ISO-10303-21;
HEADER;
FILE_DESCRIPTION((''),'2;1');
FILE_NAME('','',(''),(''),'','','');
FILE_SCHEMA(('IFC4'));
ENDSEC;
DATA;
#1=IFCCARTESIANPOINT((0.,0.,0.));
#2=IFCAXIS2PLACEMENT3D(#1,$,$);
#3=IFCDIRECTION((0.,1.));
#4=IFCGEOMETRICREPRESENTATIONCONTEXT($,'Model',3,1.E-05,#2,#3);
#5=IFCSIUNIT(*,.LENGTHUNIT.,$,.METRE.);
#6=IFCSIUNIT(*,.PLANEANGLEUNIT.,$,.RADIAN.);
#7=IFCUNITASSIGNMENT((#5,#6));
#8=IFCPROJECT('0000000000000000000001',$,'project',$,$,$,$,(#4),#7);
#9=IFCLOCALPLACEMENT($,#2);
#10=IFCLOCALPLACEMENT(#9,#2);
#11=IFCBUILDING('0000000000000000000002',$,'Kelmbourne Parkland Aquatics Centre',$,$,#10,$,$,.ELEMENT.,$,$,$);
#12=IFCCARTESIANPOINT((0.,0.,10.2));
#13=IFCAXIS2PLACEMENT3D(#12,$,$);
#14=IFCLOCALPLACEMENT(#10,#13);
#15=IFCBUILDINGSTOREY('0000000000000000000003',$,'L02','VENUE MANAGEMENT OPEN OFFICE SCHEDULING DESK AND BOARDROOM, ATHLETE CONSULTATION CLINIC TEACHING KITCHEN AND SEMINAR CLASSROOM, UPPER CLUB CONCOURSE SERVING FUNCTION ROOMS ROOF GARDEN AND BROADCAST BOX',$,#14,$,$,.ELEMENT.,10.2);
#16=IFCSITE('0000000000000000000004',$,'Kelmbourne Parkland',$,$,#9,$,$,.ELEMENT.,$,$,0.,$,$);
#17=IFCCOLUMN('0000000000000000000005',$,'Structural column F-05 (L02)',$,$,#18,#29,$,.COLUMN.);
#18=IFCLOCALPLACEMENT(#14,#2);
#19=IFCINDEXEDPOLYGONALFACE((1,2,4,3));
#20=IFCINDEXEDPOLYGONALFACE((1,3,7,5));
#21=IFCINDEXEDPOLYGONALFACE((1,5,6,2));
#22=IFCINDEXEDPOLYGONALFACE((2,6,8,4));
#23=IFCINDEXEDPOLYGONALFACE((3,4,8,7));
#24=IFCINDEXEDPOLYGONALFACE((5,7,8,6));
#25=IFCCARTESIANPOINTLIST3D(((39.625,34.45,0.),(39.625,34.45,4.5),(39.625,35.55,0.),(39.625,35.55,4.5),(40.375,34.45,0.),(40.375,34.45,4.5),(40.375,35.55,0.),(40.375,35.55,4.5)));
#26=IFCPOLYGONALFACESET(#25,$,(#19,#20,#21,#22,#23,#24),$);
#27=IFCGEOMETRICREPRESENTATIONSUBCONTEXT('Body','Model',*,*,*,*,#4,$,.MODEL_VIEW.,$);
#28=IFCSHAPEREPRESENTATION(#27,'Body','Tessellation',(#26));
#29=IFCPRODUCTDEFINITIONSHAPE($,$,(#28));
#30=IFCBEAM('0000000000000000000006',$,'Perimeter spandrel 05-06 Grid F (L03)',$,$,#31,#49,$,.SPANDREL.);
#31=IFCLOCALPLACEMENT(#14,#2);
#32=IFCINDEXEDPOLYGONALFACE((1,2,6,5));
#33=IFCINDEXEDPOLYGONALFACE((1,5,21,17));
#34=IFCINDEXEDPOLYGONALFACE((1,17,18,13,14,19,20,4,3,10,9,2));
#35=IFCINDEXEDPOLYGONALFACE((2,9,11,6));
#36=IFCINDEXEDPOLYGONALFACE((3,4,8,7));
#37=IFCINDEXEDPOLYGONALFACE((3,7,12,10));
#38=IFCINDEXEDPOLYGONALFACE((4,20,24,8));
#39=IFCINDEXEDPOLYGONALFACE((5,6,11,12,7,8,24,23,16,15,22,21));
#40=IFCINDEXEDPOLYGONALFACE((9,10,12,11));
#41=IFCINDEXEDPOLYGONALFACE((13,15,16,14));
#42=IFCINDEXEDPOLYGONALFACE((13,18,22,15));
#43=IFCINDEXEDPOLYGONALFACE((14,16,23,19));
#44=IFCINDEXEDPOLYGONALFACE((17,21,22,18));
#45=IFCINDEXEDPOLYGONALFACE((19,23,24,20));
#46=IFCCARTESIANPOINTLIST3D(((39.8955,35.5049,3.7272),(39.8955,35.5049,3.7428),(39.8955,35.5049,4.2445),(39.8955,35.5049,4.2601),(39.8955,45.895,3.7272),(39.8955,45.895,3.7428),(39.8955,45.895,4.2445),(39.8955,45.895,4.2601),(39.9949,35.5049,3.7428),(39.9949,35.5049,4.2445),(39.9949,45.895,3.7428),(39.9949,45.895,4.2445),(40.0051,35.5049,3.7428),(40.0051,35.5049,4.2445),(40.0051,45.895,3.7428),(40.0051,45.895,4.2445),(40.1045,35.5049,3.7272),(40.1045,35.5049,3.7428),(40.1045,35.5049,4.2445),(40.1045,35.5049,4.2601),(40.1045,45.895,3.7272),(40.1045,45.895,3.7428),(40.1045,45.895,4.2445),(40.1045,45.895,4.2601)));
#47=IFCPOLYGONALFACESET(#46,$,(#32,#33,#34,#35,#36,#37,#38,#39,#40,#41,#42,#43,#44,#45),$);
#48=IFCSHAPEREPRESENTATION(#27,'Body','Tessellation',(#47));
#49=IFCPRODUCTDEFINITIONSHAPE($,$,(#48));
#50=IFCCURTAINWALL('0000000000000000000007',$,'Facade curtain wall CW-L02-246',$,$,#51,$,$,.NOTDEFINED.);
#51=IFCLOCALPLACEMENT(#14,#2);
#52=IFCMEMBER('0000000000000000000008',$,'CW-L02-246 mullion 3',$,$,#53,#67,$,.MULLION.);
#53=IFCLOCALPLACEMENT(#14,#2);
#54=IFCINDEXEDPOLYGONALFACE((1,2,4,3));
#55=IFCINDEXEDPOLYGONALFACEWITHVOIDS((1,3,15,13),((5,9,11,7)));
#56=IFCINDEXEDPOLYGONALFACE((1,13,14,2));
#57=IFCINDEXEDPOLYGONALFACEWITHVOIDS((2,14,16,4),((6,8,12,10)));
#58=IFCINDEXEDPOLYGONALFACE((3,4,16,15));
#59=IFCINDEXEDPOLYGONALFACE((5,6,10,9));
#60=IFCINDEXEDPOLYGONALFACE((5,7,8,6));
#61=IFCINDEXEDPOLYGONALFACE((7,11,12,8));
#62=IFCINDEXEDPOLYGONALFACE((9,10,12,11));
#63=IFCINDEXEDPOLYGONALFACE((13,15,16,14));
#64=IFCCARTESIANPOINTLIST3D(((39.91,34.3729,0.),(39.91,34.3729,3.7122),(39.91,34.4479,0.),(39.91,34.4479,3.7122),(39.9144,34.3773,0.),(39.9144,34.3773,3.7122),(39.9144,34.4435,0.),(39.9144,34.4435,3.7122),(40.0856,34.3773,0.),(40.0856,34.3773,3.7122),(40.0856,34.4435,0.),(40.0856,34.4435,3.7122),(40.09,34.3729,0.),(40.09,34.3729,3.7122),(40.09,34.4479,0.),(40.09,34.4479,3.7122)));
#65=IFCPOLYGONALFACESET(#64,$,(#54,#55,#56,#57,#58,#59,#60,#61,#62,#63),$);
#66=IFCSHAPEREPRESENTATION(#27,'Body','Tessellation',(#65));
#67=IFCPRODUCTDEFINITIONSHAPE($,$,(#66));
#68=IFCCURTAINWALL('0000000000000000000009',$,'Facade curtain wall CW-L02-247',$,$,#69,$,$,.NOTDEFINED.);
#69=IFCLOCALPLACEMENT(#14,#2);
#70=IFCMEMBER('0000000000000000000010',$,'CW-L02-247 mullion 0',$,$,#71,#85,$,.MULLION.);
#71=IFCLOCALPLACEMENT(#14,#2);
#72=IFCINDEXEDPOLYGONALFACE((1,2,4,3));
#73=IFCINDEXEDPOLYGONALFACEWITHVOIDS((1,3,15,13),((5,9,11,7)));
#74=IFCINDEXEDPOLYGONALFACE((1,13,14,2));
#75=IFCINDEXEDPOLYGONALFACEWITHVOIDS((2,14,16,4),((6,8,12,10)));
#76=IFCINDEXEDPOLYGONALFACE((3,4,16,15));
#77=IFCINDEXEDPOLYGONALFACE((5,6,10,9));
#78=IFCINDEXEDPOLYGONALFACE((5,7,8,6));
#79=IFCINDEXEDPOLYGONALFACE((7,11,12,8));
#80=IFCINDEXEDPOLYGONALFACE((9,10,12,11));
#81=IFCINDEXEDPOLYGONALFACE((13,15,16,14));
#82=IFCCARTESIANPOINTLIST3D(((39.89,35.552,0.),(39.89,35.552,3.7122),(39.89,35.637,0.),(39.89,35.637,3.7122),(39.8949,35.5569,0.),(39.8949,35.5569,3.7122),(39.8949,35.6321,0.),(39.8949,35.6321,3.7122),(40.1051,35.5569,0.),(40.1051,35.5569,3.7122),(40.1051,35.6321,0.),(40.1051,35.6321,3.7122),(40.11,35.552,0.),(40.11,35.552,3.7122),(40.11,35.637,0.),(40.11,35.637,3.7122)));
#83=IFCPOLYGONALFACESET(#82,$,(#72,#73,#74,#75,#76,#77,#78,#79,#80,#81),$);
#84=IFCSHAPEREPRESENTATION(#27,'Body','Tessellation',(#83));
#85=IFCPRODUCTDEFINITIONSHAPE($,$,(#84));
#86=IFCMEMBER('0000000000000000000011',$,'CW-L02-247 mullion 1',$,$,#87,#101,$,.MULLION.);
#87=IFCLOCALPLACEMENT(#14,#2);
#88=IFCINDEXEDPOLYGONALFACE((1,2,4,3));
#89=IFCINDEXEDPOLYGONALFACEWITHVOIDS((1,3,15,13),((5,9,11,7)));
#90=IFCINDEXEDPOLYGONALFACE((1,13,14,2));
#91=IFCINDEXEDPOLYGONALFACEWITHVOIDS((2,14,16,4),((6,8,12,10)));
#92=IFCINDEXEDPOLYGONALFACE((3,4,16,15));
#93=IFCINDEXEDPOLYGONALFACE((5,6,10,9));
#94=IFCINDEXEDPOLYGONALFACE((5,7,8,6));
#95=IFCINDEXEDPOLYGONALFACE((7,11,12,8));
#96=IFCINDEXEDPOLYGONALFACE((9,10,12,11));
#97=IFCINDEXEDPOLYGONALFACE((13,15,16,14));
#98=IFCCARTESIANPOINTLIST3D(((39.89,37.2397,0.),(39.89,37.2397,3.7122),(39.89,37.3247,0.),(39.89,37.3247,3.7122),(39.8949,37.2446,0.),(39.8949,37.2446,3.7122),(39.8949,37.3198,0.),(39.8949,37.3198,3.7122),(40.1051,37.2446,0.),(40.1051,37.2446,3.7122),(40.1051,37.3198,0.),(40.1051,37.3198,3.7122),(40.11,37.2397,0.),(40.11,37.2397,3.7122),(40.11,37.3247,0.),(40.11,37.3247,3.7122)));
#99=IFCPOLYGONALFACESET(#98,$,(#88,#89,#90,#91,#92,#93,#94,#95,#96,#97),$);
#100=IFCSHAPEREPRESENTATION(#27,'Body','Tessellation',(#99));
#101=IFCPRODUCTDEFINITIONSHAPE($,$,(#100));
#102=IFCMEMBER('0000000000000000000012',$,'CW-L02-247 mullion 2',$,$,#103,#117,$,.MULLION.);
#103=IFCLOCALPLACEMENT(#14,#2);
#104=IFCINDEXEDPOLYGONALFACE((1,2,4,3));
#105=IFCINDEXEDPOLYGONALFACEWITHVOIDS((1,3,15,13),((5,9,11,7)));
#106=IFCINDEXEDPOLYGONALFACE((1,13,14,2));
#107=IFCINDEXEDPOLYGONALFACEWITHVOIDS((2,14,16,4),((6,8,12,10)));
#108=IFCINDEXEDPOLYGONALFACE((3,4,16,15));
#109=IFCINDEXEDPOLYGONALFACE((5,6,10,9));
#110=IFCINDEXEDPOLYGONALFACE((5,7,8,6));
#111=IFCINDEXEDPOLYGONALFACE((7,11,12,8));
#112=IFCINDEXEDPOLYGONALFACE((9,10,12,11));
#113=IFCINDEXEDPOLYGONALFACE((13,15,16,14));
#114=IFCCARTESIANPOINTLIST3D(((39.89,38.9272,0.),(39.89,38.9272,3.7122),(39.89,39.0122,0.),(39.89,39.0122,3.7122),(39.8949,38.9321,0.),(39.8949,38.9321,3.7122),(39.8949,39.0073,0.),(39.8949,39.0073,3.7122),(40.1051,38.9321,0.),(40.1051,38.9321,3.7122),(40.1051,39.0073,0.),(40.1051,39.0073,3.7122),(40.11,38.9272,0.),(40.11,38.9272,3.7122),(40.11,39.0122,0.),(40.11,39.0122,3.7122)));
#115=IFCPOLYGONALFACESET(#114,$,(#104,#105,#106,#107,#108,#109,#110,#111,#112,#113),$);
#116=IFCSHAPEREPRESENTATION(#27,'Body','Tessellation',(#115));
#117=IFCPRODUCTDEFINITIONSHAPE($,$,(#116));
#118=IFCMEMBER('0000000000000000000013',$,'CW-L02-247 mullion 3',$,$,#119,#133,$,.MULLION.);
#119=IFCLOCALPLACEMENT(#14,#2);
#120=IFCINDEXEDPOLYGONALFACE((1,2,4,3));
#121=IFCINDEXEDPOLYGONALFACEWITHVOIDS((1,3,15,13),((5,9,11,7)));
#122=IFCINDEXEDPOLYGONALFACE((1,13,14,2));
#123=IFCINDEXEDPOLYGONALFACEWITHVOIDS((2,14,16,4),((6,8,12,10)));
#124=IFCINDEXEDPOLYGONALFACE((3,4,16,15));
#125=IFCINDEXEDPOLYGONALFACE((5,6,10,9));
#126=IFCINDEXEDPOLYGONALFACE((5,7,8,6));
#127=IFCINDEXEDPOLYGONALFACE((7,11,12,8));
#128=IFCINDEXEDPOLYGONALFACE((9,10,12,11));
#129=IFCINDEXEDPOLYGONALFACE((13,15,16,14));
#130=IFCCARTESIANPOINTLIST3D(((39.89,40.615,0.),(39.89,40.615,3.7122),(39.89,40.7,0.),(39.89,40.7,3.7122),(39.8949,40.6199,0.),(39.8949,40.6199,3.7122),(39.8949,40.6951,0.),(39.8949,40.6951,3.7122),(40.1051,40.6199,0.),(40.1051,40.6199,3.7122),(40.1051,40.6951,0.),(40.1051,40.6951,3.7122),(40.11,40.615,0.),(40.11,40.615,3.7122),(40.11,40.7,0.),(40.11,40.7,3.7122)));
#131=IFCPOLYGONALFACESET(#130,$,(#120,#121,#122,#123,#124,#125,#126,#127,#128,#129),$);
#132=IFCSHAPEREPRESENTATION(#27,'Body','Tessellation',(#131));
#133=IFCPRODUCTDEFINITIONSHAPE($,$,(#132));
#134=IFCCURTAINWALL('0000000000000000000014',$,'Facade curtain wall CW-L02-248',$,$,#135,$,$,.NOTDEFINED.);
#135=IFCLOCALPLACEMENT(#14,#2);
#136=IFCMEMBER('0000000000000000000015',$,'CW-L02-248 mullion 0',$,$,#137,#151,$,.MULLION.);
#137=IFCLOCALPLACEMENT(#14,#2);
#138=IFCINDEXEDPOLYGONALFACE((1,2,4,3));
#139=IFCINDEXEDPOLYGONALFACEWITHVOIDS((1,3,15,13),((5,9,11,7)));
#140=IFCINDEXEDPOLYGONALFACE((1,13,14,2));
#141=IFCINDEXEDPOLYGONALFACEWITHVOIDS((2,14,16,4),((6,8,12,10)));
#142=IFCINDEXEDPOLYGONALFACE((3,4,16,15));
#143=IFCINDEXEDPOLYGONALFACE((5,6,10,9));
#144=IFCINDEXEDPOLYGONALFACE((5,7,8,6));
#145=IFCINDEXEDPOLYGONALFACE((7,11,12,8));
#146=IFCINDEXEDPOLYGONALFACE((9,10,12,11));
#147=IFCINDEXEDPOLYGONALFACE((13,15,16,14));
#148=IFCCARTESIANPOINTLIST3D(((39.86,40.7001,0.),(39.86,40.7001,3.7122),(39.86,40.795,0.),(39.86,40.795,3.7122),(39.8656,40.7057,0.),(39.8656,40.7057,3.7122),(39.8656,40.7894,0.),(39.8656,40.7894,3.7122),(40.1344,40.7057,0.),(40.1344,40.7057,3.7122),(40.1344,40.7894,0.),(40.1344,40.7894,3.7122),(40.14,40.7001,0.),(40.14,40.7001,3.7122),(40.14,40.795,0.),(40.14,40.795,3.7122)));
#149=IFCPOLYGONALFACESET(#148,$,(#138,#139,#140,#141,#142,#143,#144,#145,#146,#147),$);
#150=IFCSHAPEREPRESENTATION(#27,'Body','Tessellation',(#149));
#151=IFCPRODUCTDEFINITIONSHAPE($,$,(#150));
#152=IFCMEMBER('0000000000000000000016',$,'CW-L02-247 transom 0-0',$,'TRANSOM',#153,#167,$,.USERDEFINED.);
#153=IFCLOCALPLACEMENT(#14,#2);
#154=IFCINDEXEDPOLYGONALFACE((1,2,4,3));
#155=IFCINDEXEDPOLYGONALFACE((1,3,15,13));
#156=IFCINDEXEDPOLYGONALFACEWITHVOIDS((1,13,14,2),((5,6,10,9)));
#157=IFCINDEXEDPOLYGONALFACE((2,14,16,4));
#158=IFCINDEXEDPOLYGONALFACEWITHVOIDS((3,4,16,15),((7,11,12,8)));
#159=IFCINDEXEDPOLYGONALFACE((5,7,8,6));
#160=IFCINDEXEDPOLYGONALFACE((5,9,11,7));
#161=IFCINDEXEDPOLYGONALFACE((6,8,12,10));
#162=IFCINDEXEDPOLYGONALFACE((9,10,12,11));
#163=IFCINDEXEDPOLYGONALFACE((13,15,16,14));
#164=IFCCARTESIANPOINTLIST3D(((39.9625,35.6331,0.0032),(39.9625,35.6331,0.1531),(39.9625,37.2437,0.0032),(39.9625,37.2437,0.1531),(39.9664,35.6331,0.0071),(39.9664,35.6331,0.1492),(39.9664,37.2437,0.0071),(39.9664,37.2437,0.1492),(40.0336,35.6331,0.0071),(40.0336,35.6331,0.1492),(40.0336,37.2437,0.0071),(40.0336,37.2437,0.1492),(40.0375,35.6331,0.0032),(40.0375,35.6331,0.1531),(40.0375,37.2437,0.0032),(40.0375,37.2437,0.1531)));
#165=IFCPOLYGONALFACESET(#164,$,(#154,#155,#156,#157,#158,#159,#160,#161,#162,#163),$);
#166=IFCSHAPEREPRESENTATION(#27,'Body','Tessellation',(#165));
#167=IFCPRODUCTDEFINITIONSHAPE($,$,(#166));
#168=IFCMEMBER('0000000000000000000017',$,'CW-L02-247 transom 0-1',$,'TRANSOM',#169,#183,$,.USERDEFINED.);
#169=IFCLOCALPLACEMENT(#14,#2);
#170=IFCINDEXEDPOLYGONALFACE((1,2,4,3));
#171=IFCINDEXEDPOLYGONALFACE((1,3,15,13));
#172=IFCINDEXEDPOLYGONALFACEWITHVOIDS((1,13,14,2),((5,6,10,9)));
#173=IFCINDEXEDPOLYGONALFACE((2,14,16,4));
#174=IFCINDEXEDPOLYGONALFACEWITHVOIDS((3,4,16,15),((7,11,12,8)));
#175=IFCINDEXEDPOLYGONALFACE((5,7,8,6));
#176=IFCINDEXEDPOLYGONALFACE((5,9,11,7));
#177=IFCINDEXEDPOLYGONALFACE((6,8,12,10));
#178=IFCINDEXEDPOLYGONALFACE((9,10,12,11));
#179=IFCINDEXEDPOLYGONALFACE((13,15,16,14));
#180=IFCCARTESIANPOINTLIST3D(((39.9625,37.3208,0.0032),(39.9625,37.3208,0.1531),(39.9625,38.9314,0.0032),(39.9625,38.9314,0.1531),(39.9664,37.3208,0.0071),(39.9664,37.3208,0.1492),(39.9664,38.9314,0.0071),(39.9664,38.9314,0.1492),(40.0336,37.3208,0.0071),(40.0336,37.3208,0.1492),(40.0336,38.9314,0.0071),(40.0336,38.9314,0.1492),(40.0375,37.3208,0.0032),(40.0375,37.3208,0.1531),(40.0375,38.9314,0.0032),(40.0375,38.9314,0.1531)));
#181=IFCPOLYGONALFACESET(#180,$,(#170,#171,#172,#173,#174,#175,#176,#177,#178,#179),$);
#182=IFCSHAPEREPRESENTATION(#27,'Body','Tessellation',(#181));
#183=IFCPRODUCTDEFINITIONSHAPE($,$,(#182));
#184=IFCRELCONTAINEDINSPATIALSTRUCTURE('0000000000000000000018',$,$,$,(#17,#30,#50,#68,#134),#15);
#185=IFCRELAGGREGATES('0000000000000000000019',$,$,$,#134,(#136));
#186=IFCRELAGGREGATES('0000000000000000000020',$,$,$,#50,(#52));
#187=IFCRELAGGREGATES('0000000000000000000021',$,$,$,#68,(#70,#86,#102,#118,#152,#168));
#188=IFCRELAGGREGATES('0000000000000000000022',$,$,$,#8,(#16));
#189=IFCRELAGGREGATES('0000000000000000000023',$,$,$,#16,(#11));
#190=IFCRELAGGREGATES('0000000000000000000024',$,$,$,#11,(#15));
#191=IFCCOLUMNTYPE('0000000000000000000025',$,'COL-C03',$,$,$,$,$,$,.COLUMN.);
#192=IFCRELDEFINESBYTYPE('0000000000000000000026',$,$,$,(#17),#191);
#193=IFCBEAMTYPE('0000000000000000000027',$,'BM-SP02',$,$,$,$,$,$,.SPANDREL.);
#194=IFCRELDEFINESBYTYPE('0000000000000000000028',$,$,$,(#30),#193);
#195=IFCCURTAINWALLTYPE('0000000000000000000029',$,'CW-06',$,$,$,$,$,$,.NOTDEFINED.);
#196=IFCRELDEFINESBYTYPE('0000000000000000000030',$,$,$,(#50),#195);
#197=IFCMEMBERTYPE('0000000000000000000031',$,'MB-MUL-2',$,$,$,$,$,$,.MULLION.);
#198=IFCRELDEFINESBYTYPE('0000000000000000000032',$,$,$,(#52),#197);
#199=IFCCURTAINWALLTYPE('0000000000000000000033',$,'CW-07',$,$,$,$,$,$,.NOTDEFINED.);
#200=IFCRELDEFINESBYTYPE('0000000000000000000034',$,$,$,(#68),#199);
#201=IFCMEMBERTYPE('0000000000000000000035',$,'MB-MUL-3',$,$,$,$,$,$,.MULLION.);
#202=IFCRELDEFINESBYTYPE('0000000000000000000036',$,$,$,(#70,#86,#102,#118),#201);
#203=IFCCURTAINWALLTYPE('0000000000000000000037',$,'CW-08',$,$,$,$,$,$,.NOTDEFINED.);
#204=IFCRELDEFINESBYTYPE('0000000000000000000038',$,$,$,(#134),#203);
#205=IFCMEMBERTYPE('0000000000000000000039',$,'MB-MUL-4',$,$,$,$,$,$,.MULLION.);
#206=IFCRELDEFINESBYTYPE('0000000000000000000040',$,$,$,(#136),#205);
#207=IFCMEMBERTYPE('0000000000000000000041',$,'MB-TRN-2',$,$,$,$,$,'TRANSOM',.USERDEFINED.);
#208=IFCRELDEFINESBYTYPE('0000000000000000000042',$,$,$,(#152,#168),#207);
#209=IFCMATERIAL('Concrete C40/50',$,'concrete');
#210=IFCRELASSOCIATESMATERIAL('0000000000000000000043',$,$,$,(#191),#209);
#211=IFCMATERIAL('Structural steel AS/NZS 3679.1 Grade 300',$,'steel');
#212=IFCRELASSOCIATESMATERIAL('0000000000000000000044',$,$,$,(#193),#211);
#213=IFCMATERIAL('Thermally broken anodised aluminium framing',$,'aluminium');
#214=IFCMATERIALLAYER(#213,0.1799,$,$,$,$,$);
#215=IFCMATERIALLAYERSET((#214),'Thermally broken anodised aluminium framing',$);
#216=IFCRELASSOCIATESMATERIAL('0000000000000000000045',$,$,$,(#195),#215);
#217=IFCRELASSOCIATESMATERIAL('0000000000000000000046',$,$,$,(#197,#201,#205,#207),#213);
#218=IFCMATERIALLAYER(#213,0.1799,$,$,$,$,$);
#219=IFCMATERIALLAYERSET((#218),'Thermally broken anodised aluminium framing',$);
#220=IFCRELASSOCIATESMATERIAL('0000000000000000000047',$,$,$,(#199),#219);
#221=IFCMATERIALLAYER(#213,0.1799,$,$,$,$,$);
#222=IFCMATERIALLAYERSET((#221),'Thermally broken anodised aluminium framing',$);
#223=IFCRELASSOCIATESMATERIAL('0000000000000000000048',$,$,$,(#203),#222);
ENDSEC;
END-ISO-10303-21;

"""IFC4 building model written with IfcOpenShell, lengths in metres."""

from ifc_helpers import new_model, si_unit, direction, frame, origin, origin_2d, place, context, subcontext, project, spatial, rectangle, hollow_rectangle, i_section, extrude, material, layer, layer_set, material_profile, profile_set, type_object, element, aggregate, save


model = new_model("IFC4")

# Units and contexts
model_context = context("Model", 3, precision=1e-05, world=origin(), true_north=direction((0.0, 1.0)))
body_context = subcontext(model_context, "Body", "Model", "MODEL_VIEW")
ifc_project = project(units=[si_unit("LENGTHUNIT", "METRE"), si_unit("PLANEANGLEUNIT", "RADIAN")], contexts=[model_context])

# Site, building, storey
site_placement = place(None, origin())
site = spatial("IfcSite", under=ifc_project, at=site_placement, Name="Kelmbourne Parkland", CompositionType="ELEMENT", RefElevation=0.0)
building_placement = place(site_placement, origin())
building = spatial("IfcBuilding", under=site, at=building_placement, Name="Kelmbourne Parkland Aquatics Centre", CompositionType="ELEMENT")
storey_placement = place(building_placement, frame((0.0, 0.0, 10.2)))
storey = spatial("IfcBuildingStorey", under=building, at=storey_placement, Name="L02", Description="VENUE MANAGEMENT OPEN OFFICE SCHEDULING DESK AND BOARDROOM, ATHLETE CONSULTATION CLINIC TEACHING KITCHEN AND SEMINAR CLASSROOM, UPPER CLUB CONCOURSE SERVING FUNCTION ROOMS ROOF GARDEN AND BROADCAST BOX", CompositionType="ELEMENT", Elevation=10.2)

# Column
ifc_material_1 = material(Name="Concrete C40/50", Category="concrete")
ifc_material_profile_1 = material_profile(ifc_material_1, rectangle(XDim=0.75, YDim=1.1001, at=origin_2d()), Name="RC 750x1100")
ifc_profile_set_1 = profile_set([ifc_material_profile_1], Name="Concrete C40/50")
column_type = type_object("IfcColumnType", Name="COL-C03", PredefinedType="COLUMN", material=ifc_profile_set_1)
column_placement = place(storey_placement, frame((40.0, 35.0, 0.0), z_axis=(0.0, 0.0, 1.0), x_axis=(1.0, 0.0, 0.0)))
element("IfcColumn", 1, at=column_placement, inside=storey, type_object=column_type, Name="Structural column F-05 (L02)", PredefinedType="COLUMN", context=body_context, shape_type="SweptSolid", body=[
    extrude(rectangle(XDim=0.75, YDim=1.1001, at=origin_2d()), origin(), (0.0, 0.0, 1.0), 4.5),
])

# Beam
ifc_material_2 = material(Name="Structural steel AS/NZS 3679.1 Grade 300", Category="steel")
ifc_material_profile_2 = material_profile(ifc_material_2, i_section(OverallWidth=0.209, OverallDepth=0.533, WebThickness=0.0103, FlangeThickness=0.0156, at=origin_2d()), Name="530UB92.4")
ifc_profile_set_2 = profile_set([ifc_material_profile_2], Name="Structural steel AS/NZS 3679.1 Grade 300")
beam_type = type_object("IfcBeamType", Name="BM-SP02", PredefinedType="SPANDREL", material=ifc_profile_set_2)
beam_placement = place(storey_placement, frame((40.0, 35.5049, 3.9937), z_axis=(0.0, 1.0, 0.0), x_axis=(-1.0, 0.0, 0.0)))
element("IfcBeam", 2, at=beam_placement, inside=storey, type_object=beam_type, Name="Perimeter spandrel 05-06 Grid F (L03)", PredefinedType="SPANDREL", context=body_context, shape_type="SweptSolid", body=[
    extrude(i_section(OverallWidth=0.209, OverallDepth=0.533, WebThickness=0.0103, FlangeThickness=0.0156, at=origin_2d()), origin(), (0.0, 0.0, 1.0), 10.3901),
])

# Curtain wall, member
ifc_material_3 = material(Name="Thermally broken anodised aluminium framing", Category="aluminium")
ifc_layer_1 = layer(ifc_material_3, 0.1799)
ifc_layer_set_1 = layer_set([ifc_layer_1], Name="Thermally broken anodised aluminium framing")
curtain_wall_type_1 = type_object("IfcCurtainWallType", Name="CW-06", PredefinedType="NOTDEFINED", material=ifc_layer_set_1)
curtain_wall_1_placement = place(storey_placement, origin())
curtain_wall_1 = element("IfcCurtainWall", 3, at=curtain_wall_1_placement, inside=storey, type_object=curtain_wall_type_1, Name="Facade curtain wall CW-L02-246", PredefinedType="NOTDEFINED")
ifc_material_profile_3 = material_profile(ifc_material_3, hollow_rectangle(XDim=0.075, YDim=0.1799, WallThickness=0.0044, at=origin_2d()), Name="CW-M 75x180")
ifc_profile_set_3 = profile_set([ifc_material_profile_3], Name="Thermally broken anodised aluminium framing")
member_type_1 = type_object("IfcMemberType", Name="MB-MUL-2", PredefinedType="MULLION", material=ifc_profile_set_3)
member_1_placement = place(storey_placement, frame((40.0, 34.4104, 0.0), z_axis=(0.0, 0.0, 1.0), x_axis=(0.0, 1.0, 0.0)))
member_1 = element("IfcMember", 4, at=member_1_placement, type_object=member_type_1, Name="CW-L02-246 mullion 3", PredefinedType="MULLION", context=body_context, shape_type="SweptSolid", body=[
    extrude(hollow_rectangle(XDim=0.075, YDim=0.1799, WallThickness=0.0044, at=origin_2d()), origin(), (0.0, 0.0, 1.0), 3.7122),
])

# Curtain wall, members
ifc_layer_2 = layer(ifc_material_3, 0.1799)
ifc_layer_set_2 = layer_set([ifc_layer_2], Name="Thermally broken anodised aluminium framing")
curtain_wall_type_2 = type_object("IfcCurtainWallType", Name="CW-07", PredefinedType="NOTDEFINED", material=ifc_layer_set_2)
curtain_wall_2_placement = place(storey_placement, origin())
curtain_wall_2 = element("IfcCurtainWall", 5, at=curtain_wall_2_placement, inside=storey, type_object=curtain_wall_type_2, Name="Facade curtain wall CW-L02-247", PredefinedType="NOTDEFINED")
ifc_material_profile_4 = material_profile(ifc_material_3, hollow_rectangle(XDim=0.085, YDim=0.22, WallThickness=0.0049, at=origin_2d()), Name="CW-M 85x220")
ifc_profile_set_4 = profile_set([ifc_material_profile_4], Name="Thermally broken anodised aluminium framing")
member_type_2 = type_object("IfcMemberType", Name="MB-MUL-3", PredefinedType="MULLION", material=ifc_profile_set_4)
member_2_placement = place(storey_placement, frame((40.0, 35.5945, 0.0), z_axis=(0.0, 0.0, 1.0), x_axis=(0.0, 1.0, 0.0)))
member_2 = element("IfcMember", 6, at=member_2_placement, type_object=member_type_2, Name="CW-L02-247 mullion 0", PredefinedType="MULLION", context=body_context, shape_type="SweptSolid", body=[
    extrude(hollow_rectangle(XDim=0.085, YDim=0.22, WallThickness=0.0049, at=origin_2d()), origin(), (0.0, 0.0, 1.0), 3.7122),
])
member_3_placement = place(storey_placement, frame((40.0, 37.2822, 0.0), z_axis=(0.0, 0.0, 1.0), x_axis=(0.0, 1.0, 0.0)))
member_3 = element("IfcMember", 7, at=member_3_placement, type_object=member_type_2, Name="CW-L02-247 mullion 1", PredefinedType="MULLION", context=body_context, shape_type="SweptSolid", body=[
    extrude(hollow_rectangle(XDim=0.085, YDim=0.22, WallThickness=0.0049, at=origin_2d()), origin(), (0.0, 0.0, 1.0), 3.7122),
])
member_4_placement = place(storey_placement, frame((40.0, 38.9697, 0.0), z_axis=(0.0, 0.0, 1.0), x_axis=(0.0, 1.0, 0.0)))
member_4 = element("IfcMember", 8, at=member_4_placement, type_object=member_type_2, Name="CW-L02-247 mullion 2", PredefinedType="MULLION", context=body_context, shape_type="SweptSolid", body=[
    extrude(hollow_rectangle(XDim=0.085, YDim=0.22, WallThickness=0.0049, at=origin_2d()), origin(), (0.0, 0.0, 1.0), 3.7122),
])
member_5_placement = place(storey_placement, frame((40.0, 40.6575, 0.0), z_axis=(0.0, 0.0, 1.0), x_axis=(0.0, 1.0, 0.0)))
member_5 = element("IfcMember", 9, at=member_5_placement, type_object=member_type_2, Name="CW-L02-247 mullion 3", PredefinedType="MULLION", context=body_context, shape_type="SweptSolid", body=[
    extrude(hollow_rectangle(XDim=0.085, YDim=0.22, WallThickness=0.0049, at=origin_2d()), origin(), (0.0, 0.0, 1.0), 3.7122),
])

# Curtain wall, member
ifc_layer_3 = layer(ifc_material_3, 0.1799)
ifc_layer_set_3 = layer_set([ifc_layer_3], Name="Thermally broken anodised aluminium framing")
curtain_wall_type_3 = type_object("IfcCurtainWallType", Name="CW-08", PredefinedType="NOTDEFINED", material=ifc_layer_set_3)
curtain_wall_3_placement = place(storey_placement, origin())
curtain_wall_3 = element("IfcCurtainWall", 10, at=curtain_wall_3_placement, inside=storey, type_object=curtain_wall_type_3, Name="Facade curtain wall CW-L02-248", PredefinedType="NOTDEFINED")
ifc_material_profile_5 = material_profile(ifc_material_3, hollow_rectangle(XDim=0.095, YDim=0.28, WallThickness=0.0056, at=origin_2d()), Name="CW-M 95x280")
ifc_profile_set_5 = profile_set([ifc_material_profile_5], Name="Thermally broken anodised aluminium framing")
member_type_3 = type_object("IfcMemberType", Name="MB-MUL-4", PredefinedType="MULLION", material=ifc_profile_set_5)
member_6_placement = place(storey_placement, frame((40.0, 40.7476, 0.0), z_axis=(0.0, 0.0, 1.0), x_axis=(0.0, 1.0, 0.0)))
member_6 = element("IfcMember", 11, at=member_6_placement, type_object=member_type_3, Name="CW-L02-248 mullion 0", PredefinedType="MULLION", context=body_context, shape_type="SweptSolid", body=[
    extrude(hollow_rectangle(XDim=0.095, YDim=0.28, WallThickness=0.0056, at=origin_2d()), origin(), (0.0, 0.0, 1.0), 3.7122),
])

# Members
ifc_material_profile_6 = material_profile(ifc_material_3, hollow_rectangle(XDim=0.075, YDim=0.1499, WallThickness=0.0039, at=origin_2d()), Name="CW-T 75x150")
ifc_profile_set_6 = profile_set([ifc_material_profile_6], Name="Thermally broken anodised aluminium framing")
member_type_4 = type_object("IfcMemberType", Name="MB-TRN-2", ElementType="TRANSOM", PredefinedType="USERDEFINED", material=ifc_profile_set_6)
member_7_placement = place(storey_placement, frame((40.0, 35.6331, 0.0781), z_axis=(0.0, 1.0, 0.0), x_axis=(-1.0, 0.0, 0.0)))
member_7 = element("IfcMember", 12, at=member_7_placement, type_object=member_type_4, Name="CW-L02-247 transom 0-0", ObjectType="TRANSOM", PredefinedType="USERDEFINED", context=body_context, shape_type="SweptSolid", body=[
    extrude(hollow_rectangle(XDim=0.075, YDim=0.1499, WallThickness=0.0039, at=origin_2d()), origin(), (0.0, 0.0, 1.0), 1.6106),
])
member_8_placement = place(storey_placement, frame((40.0, 37.3208, 0.0781), z_axis=(0.0, 1.0, 0.0), x_axis=(-1.0, 0.0, 0.0)))
member_8 = element("IfcMember", 13, at=member_8_placement, type_object=member_type_4, Name="CW-L02-247 transom 0-1", ObjectType="TRANSOM", PredefinedType="USERDEFINED", context=body_context, shape_type="SweptSolid", body=[
    extrude(hollow_rectangle(XDim=0.075, YDim=0.1499, WallThickness=0.0039, at=origin_2d()), origin(), (0.0, 0.0, 1.0), 1.6106),
])
aggregate(curtain_wall_3, [member_6])

aggregate(curtain_wall_1, [member_1])
aggregate(curtain_wall_2, [member_2, member_3, member_4, member_5, member_7, member_8])

save(model, "model.ifc")
